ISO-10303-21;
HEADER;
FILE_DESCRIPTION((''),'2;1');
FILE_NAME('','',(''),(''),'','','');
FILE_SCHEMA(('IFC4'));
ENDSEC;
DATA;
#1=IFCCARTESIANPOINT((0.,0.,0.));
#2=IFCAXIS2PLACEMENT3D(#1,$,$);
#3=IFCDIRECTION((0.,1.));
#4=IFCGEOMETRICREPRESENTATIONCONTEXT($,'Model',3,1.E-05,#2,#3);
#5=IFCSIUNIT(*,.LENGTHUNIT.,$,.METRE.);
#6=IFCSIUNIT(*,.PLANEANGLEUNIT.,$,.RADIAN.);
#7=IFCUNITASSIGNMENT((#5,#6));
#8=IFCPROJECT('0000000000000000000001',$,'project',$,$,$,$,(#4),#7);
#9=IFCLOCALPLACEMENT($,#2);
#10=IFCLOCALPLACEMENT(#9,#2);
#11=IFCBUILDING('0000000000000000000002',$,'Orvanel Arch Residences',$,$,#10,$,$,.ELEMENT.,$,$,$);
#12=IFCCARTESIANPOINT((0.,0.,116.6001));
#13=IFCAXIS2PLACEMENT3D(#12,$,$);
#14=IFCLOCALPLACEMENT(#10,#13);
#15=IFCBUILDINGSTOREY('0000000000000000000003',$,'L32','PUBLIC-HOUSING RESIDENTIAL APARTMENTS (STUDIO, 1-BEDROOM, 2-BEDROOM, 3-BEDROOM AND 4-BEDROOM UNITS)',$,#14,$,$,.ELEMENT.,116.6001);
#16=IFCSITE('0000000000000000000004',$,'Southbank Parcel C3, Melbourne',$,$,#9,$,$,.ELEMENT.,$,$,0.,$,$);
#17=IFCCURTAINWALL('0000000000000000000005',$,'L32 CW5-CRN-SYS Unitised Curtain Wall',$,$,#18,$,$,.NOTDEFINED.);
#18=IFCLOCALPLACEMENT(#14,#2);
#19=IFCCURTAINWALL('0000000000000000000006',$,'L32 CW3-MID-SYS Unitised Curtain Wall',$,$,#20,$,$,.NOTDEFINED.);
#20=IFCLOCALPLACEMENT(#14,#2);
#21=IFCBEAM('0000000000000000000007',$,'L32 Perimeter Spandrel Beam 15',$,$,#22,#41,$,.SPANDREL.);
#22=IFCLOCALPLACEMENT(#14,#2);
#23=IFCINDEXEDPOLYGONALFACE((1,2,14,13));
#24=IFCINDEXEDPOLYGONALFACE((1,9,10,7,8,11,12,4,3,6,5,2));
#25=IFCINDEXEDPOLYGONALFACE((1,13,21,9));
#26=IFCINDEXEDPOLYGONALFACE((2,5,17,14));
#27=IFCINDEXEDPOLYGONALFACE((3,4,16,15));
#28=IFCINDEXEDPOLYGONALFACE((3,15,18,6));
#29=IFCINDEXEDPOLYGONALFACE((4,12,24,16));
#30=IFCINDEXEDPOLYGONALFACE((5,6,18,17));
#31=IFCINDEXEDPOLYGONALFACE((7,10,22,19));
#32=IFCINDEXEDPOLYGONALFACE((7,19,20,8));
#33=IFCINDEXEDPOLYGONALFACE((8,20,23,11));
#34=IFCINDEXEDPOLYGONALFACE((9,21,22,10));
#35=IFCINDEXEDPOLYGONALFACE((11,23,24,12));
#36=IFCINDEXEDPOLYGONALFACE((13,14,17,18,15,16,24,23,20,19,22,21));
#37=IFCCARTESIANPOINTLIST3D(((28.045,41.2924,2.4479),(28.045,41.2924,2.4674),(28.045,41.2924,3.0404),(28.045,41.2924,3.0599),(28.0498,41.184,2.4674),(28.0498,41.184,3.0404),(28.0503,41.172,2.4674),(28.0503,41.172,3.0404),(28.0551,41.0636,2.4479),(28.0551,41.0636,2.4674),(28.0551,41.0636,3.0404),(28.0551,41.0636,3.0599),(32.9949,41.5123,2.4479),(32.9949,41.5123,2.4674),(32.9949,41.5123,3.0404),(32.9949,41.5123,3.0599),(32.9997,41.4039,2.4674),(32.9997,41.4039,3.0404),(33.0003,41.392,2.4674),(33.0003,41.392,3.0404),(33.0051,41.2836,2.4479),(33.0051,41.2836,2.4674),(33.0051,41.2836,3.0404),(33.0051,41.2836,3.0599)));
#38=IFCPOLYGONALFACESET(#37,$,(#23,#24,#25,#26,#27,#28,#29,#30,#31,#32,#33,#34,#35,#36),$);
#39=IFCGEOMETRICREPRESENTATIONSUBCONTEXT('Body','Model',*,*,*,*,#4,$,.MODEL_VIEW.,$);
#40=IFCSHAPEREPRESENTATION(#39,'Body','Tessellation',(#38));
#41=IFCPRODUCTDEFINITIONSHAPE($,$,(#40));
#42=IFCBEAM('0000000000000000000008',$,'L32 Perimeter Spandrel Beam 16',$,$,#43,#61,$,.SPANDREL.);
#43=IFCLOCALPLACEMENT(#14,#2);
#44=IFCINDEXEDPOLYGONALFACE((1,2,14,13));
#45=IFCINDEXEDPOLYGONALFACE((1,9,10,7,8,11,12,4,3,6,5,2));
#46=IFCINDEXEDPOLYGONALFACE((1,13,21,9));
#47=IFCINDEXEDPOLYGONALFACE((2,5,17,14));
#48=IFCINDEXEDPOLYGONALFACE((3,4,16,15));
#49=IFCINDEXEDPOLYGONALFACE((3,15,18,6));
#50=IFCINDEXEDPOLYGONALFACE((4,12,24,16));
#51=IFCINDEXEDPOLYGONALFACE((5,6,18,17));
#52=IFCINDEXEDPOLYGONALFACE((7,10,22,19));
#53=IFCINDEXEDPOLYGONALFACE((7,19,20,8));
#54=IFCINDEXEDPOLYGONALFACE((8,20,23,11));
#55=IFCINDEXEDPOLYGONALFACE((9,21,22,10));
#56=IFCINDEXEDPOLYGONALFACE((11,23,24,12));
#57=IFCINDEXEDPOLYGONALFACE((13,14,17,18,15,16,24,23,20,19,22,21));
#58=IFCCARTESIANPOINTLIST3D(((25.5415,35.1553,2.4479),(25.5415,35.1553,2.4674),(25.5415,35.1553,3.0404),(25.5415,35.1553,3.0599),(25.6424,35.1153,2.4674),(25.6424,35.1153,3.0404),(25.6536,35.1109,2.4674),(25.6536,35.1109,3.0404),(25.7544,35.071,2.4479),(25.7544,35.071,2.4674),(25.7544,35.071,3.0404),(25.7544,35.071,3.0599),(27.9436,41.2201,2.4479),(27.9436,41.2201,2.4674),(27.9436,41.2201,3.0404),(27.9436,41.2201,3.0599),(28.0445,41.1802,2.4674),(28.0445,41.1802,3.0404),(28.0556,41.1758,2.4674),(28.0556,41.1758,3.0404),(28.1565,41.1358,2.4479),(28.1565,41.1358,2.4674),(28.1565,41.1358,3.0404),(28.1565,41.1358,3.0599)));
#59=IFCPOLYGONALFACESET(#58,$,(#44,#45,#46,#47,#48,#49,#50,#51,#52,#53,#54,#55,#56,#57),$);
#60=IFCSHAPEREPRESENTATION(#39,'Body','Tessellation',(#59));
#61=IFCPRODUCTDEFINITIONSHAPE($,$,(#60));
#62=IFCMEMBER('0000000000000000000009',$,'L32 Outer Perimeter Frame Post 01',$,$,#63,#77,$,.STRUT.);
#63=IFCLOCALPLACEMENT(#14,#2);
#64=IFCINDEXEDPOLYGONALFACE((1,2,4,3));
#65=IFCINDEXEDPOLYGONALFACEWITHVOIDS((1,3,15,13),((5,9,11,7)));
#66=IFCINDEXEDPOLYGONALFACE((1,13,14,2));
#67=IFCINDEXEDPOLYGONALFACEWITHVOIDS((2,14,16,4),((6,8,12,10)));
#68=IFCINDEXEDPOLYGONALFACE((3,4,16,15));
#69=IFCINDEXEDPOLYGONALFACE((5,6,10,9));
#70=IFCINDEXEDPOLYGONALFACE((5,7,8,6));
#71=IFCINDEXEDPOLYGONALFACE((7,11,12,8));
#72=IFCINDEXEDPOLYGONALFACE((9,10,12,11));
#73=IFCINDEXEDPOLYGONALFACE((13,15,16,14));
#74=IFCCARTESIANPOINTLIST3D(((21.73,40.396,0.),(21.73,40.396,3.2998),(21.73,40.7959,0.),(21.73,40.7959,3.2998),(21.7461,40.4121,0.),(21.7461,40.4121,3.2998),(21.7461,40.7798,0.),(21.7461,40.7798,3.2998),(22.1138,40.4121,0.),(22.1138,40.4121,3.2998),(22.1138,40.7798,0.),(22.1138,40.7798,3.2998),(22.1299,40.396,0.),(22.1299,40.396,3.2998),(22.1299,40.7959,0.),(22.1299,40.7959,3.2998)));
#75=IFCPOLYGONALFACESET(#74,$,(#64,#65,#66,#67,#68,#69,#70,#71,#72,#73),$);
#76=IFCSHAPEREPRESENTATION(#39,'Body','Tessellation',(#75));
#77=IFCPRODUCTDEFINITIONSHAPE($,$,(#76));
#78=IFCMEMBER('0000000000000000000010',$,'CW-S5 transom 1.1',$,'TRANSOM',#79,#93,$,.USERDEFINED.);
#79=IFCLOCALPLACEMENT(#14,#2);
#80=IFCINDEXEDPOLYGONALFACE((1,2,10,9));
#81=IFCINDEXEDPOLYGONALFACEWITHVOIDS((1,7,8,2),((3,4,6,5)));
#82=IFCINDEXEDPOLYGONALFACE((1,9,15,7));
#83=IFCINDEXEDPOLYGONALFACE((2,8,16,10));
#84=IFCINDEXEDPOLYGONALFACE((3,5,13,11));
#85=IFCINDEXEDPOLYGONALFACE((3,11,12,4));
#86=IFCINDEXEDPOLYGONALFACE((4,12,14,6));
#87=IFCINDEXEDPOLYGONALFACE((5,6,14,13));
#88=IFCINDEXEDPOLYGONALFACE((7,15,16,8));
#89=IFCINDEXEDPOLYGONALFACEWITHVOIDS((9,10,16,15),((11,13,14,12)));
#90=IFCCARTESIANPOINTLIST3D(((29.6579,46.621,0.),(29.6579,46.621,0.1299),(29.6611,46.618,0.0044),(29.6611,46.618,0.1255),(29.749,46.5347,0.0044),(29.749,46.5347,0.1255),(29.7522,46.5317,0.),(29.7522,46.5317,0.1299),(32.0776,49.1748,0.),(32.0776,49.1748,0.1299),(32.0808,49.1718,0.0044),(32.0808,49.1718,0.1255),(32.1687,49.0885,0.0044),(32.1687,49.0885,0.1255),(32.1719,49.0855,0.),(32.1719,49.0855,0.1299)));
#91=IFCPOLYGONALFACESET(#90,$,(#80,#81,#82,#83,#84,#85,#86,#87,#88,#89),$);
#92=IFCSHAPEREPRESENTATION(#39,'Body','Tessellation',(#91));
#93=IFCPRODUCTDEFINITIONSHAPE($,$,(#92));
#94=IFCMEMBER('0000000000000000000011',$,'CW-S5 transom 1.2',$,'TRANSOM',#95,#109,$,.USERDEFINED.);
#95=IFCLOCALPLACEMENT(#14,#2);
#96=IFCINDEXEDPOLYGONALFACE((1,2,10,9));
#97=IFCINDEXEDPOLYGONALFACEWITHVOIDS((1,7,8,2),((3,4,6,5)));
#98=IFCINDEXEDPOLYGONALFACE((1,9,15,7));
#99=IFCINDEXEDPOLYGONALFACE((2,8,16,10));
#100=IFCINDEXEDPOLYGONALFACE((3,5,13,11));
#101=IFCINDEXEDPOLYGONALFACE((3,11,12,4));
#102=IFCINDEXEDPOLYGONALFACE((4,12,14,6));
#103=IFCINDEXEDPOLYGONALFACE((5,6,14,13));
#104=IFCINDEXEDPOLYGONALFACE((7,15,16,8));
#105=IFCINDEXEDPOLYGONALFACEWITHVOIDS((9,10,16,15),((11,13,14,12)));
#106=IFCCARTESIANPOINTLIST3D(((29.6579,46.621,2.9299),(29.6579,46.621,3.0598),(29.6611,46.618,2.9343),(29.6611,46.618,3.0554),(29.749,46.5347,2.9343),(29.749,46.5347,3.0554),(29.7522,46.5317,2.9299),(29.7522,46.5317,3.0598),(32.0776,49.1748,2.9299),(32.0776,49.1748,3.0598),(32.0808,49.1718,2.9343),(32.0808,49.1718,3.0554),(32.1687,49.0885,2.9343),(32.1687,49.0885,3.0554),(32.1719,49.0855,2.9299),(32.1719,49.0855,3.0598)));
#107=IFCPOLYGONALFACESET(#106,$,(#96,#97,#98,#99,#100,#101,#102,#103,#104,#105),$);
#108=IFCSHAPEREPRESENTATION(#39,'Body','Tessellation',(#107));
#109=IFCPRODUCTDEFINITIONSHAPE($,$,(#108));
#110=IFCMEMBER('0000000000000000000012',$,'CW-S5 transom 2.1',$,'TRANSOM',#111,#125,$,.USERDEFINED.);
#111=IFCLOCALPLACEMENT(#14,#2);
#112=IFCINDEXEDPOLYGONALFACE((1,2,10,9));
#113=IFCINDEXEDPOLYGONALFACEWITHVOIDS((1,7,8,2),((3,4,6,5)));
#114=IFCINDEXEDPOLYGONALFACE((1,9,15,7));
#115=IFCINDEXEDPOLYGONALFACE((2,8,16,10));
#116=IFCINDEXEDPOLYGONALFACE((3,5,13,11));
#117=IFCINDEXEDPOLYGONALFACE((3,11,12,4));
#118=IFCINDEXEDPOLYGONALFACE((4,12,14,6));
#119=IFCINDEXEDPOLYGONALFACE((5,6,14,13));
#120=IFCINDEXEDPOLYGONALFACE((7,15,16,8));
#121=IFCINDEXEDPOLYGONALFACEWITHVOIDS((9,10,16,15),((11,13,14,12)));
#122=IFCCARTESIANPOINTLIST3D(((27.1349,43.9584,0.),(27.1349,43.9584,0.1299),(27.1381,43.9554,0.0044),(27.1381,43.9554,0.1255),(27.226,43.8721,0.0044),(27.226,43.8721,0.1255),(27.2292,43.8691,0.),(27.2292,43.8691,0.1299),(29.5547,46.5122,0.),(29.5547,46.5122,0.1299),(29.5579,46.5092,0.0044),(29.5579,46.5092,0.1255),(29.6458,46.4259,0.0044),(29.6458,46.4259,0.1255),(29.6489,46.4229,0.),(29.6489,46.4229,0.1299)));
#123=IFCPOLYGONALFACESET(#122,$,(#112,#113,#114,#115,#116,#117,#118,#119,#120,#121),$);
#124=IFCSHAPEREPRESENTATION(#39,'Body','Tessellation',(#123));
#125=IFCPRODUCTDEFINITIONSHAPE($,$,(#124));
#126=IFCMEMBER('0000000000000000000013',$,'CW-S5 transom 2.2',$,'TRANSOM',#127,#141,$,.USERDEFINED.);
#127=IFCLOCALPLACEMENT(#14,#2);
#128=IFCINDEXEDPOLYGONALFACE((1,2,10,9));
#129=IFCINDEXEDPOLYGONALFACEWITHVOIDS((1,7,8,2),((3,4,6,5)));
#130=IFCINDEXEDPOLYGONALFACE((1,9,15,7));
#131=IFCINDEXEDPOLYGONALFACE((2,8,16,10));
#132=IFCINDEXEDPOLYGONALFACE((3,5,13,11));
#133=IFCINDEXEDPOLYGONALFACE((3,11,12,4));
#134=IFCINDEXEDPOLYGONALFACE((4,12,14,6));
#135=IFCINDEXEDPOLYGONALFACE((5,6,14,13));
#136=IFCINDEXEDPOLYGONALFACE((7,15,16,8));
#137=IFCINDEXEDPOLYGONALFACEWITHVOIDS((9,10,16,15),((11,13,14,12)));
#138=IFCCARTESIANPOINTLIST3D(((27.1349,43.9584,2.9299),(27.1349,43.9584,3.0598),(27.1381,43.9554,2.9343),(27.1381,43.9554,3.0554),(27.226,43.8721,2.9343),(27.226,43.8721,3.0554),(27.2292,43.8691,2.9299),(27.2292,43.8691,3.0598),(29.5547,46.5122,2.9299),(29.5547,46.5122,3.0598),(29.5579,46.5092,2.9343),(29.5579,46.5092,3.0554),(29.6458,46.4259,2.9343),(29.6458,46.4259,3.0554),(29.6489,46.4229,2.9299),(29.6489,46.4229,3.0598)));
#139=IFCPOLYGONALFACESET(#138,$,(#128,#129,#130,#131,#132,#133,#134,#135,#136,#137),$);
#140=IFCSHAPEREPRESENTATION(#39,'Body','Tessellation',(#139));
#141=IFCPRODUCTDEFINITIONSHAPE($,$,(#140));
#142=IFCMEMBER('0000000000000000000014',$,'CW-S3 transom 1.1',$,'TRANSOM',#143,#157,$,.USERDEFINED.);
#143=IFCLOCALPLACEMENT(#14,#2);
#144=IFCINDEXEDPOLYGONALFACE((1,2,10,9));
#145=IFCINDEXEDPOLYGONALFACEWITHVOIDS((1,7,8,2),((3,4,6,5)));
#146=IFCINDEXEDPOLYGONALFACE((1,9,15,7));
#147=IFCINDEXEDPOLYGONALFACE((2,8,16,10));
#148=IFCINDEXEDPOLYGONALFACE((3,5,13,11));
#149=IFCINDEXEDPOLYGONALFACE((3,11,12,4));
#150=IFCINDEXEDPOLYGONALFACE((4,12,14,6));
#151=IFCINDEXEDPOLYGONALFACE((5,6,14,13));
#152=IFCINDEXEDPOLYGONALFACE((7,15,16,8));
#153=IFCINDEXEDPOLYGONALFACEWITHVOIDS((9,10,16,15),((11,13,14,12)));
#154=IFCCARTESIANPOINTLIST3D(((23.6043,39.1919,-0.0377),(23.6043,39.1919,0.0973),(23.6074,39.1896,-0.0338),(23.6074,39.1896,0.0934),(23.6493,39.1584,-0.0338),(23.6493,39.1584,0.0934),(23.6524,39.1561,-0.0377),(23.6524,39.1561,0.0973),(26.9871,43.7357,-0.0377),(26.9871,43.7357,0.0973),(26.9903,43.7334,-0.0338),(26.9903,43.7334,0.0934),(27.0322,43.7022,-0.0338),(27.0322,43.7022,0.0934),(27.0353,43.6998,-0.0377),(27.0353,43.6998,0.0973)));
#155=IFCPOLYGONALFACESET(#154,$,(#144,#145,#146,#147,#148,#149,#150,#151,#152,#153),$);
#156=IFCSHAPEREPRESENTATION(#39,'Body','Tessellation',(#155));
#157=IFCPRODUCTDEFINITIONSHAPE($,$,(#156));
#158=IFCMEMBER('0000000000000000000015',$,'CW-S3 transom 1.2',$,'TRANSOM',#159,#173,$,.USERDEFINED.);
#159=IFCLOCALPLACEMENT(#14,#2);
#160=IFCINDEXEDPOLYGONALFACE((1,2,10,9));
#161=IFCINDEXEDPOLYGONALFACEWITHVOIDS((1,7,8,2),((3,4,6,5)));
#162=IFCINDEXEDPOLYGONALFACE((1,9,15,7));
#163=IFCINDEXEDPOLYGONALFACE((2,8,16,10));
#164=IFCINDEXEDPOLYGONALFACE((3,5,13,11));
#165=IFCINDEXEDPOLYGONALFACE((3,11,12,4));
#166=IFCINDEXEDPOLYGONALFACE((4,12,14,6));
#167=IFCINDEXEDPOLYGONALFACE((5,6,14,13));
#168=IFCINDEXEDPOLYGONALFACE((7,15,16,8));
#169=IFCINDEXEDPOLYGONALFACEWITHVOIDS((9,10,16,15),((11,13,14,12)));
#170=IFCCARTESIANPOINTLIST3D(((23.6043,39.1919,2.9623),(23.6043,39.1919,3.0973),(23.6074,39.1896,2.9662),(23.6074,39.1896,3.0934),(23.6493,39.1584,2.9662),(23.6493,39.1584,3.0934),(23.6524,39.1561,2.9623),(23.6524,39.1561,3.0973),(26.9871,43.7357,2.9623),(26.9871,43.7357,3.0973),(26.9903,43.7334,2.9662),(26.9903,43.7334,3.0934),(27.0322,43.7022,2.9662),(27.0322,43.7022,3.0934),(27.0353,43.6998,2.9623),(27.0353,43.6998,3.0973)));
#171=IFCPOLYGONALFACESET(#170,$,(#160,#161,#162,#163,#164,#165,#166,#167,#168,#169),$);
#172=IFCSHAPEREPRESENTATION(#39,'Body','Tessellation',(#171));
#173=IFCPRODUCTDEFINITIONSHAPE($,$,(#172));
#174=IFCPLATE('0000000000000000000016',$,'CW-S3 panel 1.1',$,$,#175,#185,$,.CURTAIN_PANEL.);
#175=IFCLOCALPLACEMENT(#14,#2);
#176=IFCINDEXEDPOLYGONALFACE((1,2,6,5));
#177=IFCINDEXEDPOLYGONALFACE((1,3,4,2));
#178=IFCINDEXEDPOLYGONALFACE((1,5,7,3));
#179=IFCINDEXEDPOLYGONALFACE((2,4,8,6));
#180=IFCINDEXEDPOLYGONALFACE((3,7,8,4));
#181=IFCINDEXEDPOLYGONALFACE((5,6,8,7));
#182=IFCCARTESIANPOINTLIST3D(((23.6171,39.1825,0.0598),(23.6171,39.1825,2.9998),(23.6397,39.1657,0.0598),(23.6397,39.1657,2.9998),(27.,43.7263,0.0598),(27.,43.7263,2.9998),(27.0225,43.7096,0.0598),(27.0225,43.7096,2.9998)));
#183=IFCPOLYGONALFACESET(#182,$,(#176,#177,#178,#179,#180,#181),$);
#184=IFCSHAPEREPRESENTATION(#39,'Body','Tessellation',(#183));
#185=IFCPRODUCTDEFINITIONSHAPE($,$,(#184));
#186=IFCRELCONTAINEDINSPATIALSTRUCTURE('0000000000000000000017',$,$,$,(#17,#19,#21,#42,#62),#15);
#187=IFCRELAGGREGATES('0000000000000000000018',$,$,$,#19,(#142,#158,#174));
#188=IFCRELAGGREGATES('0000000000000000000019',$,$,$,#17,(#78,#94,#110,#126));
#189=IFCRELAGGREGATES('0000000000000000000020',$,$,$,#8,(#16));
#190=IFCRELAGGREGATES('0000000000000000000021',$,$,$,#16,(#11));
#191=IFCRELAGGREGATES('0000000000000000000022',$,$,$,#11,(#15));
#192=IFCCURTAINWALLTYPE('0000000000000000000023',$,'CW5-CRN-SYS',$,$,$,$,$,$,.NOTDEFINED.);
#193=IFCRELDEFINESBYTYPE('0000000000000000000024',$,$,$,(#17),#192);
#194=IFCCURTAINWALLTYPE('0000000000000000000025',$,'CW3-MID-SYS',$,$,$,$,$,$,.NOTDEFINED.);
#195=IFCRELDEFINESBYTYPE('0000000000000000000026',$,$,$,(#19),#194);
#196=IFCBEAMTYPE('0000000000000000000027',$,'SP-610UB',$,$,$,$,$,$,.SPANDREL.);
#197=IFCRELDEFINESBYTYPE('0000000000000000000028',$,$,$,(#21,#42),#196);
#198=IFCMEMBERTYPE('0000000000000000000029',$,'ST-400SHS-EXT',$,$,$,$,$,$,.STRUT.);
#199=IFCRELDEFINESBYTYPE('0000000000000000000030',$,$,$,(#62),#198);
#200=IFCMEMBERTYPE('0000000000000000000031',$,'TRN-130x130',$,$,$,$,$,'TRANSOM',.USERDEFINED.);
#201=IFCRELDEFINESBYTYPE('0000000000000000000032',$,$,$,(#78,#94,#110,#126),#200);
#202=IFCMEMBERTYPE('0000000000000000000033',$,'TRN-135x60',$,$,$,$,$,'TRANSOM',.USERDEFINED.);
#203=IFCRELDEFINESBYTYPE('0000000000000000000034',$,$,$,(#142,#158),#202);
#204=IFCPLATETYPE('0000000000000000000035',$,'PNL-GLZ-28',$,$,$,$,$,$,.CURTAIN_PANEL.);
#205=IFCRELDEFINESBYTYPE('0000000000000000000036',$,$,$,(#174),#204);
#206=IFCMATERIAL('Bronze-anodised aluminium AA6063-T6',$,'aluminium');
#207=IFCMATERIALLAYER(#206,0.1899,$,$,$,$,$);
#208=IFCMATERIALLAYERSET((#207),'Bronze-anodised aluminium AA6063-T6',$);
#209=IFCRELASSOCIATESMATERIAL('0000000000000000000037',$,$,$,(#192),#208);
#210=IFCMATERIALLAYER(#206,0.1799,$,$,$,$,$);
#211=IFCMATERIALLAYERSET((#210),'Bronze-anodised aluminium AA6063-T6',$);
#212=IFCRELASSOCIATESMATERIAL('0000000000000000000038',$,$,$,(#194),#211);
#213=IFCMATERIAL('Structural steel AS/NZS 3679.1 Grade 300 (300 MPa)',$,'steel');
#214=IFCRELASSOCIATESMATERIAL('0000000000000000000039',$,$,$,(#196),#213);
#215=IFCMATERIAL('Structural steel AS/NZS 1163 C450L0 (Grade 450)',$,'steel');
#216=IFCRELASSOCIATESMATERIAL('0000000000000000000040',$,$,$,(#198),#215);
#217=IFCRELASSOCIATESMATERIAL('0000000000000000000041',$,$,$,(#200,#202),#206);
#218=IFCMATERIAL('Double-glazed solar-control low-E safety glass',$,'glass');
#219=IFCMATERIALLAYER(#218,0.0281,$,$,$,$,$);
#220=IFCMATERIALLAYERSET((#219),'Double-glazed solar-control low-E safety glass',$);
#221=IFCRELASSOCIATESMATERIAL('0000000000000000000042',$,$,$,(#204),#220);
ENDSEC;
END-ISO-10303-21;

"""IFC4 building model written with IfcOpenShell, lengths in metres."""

from ifc_helpers import new_model, si_unit, direction, frame, origin, origin_2d, place, context, subcontext, project, spatial, rectangle, hollow_rectangle, i_section, extrude, material, layer, layer_set, material_profile, profile_set, type_object, element, aggregate, save


model = new_model("IFC4")

# Units and contexts
model_context = context("Model", 3, precision=1e-05, world=origin(), true_north=direction((0.0, 1.0)))
body_context = subcontext(model_context, "Body", "Model", "MODEL_VIEW")
ifc_project = project(units=[si_unit("LENGTHUNIT", "METRE"), si_unit("PLANEANGLEUNIT", "RADIAN")], contexts=[model_context])

# Site, building, storey
site_placement = place(None, origin())
site = spatial("IfcSite", under=ifc_project, at=site_placement, Name="Southbank Parcel C3, Melbourne", CompositionType="ELEMENT", RefElevation=0.0)
building_placement = place(site_placement, origin())
building = spatial("IfcBuilding", under=site, at=building_placement, Name="Orvanel Arch Residences", CompositionType="ELEMENT")
storey_placement = place(building_placement, frame((0.0, 0.0, 116.6001)))
storey = spatial("IfcBuildingStorey", under=building, at=storey_placement, Name="L32", Description="PUBLIC-HOUSING RESIDENTIAL APARTMENTS (STUDIO, 1-BEDROOM, 2-BEDROOM, 3-BEDROOM AND 4-BEDROOM UNITS)", CompositionType="ELEMENT", Elevation=116.6001)

# Shared definitions
ifc_material_1 = material(Name="Structural steel AS/NZS 3679.1 Grade 300 (300 MPa)", Category="steel")

# Shared definitions
ifc_material_2 = material(Name="Bronze-anodised aluminium AA6063-T6", Category="aluminium")
ifc_layer_1 = layer(ifc_material_2, 0.1899)
ifc_layer_set_1 = layer_set([ifc_layer_1], Name="Bronze-anodised aluminium AA6063-T6")
curtain_wall_type_1 = type_object("IfcCurtainWallType", Name="CW5-CRN-SYS", PredefinedType="NOTDEFINED", material=ifc_layer_set_1)

# Curtain wall
curtain_wall_1_placement = place(storey_placement, origin())
curtain_wall_1 = element("IfcCurtainWall", 1, at=curtain_wall_1_placement, inside=storey, type_object=curtain_wall_type_1, Name="L32 CW5-CRN-SYS Unitised Curtain Wall", PredefinedType="NOTDEFINED")

# Curtain wall
ifc_layer_2 = layer(ifc_material_2, 0.1799)
ifc_layer_set_2 = layer_set([ifc_layer_2], Name="Bronze-anodised aluminium AA6063-T6")
curtain_wall_type_2 = type_object("IfcCurtainWallType", Name="CW3-MID-SYS", PredefinedType="NOTDEFINED", material=ifc_layer_set_2)
curtain_wall_2_placement = place(storey_placement, origin())
curtain_wall_2 = element("IfcCurtainWall", 2, at=curtain_wall_2_placement, inside=storey, type_object=curtain_wall_type_2, Name="L32 CW3-MID-SYS Unitised Curtain Wall", PredefinedType="NOTDEFINED")

# Beams
ifc_material_profile_1 = material_profile(ifc_material_1, i_section(OverallWidth=0.229, OverallDepth=0.6121, WebThickness=0.012, FlangeThickness=0.0195, at=origin_2d()), Name="610UB125")
ifc_profile_set_1 = profile_set([ifc_material_profile_1], Name="Structural steel AS/NZS 3679.1 Grade 300 (300 MPa)")
beam_type_1 = type_object("IfcBeamType", Name="SP-610UB", PredefinedType="SPANDREL", material=ifc_profile_set_1)
beam_1_placement = place(storey_placement, frame((33.0, 41.3979, 2.7539), z_axis=(-0.999014, -0.044395, 0.0), x_axis=(0.044395, -0.999014, 0.0)))
element("IfcBeam", 3, at=beam_1_placement, inside=storey, type_object=beam_type_1, Name="L32 Perimeter Spandrel Beam 15", PredefinedType="SPANDREL", context=body_context, shape_type="SweptSolid", body=[
    extrude(i_section(OverallWidth=0.229, OverallDepth=0.6121, WebThickness=0.012, FlangeThickness=0.0195, at=origin_2d()), origin(), (0.0, 0.0, 1.0), 4.9548),
])
beam_2_placement = place(storey_placement, frame((28.05, 41.178, 2.7539), z_axis=(-0.368233, -0.929733, 0.0), x_axis=(0.929733, -0.368233, 0.0)))
element("IfcBeam", 4, at=beam_2_placement, inside=storey, type_object=beam_type_1, Name="L32 Perimeter Spandrel Beam 16", PredefinedType="SPANDREL", context=body_context, shape_type="SweptSolid", body=[
    extrude(i_section(OverallWidth=0.229, OverallDepth=0.6121, WebThickness=0.012, FlangeThickness=0.0195, at=origin_2d()), origin(), (0.0, 0.0, 1.0), 6.5232),
])

# Members
ifc_material_3 = material(Name="Structural steel AS/NZS 1163 C450L0 (Grade 450)", Category="steel")
ifc_material_profile_2 = material_profile(ifc_material_3, hollow_rectangle(XDim=0.3999, YDim=0.3999, WallThickness=0.0161, at=origin_2d()), Name="SHS400x400x16")
ifc_profile_set_2 = profile_set([ifc_material_profile_2], Name="Structural steel AS/NZS 1163 C450L0 (Grade 450)")
member_type_1 = type_object("IfcMemberType", Name="ST-400SHS-EXT", PredefinedType="STRUT", material=ifc_profile_set_2)
member_1_placement = place(storey_placement, frame((21.9299, 40.5959, 0.0), z_axis=(0.0, 0.0, 1.0), x_axis=(1.0, 0.0, 0.0)))
element("IfcMember", 5, at=member_1_placement, inside=storey, type_object=member_type_1, Name="L32 Outer Perimeter Frame Post 01", PredefinedType="STRUT", context=body_context, shape_type="SweptSolid", body=[
    extrude(hollow_rectangle(XDim=0.3999, YDim=0.3999, WallThickness=0.0161, at=origin_2d()), origin(), (0.0, 0.0, 1.0), 3.2998),
])
ifc_material_profile_3 = material_profile(ifc_material_2, hollow_rectangle(XDim=0.1299, YDim=0.1299, WallThickness=0.0044, at=origin_2d()), Name="ALU130x130x4.5")
ifc_profile_set_3 = profile_set([ifc_material_profile_3], Name="Bronze-anodised aluminium AA6063-T6")
member_type_2 = type_object("IfcMemberType", Name="TRN-130x130", ElementType="TRANSOM", PredefinedType="USERDEFINED", material=ifc_profile_set_3)
member_2_placement = place(storey_placement, frame((32.1248, 49.1301, 0.0649), z_axis=(-0.6878, -0.7259, 0.0), x_axis=(0.7259, -0.6878, 0.0)))
member_2 = element("IfcMember", 6, at=member_2_placement, type_object=member_type_2, Name="CW-S5 transom 1.1", ObjectType="TRANSOM", PredefinedType="USERDEFINED", context=body_context, shape_type="SweptSolid", body=[
    extrude(hollow_rectangle(XDim=0.1299, YDim=0.1299, WallThickness=0.0044, at=origin_2d()), origin(), (0.0, 0.0, 1.0), 3.5181),
])
member_3_placement = place(storey_placement, frame((32.1248, 49.1301, 2.9949), z_axis=(-0.6878, -0.7259, 0.0), x_axis=(0.7259, -0.6878, 0.0)))
member_3 = element("IfcMember", 7, at=member_3_placement, type_object=member_type_2, Name="CW-S5 transom 1.2", ObjectType="TRANSOM", PredefinedType="USERDEFINED", context=body_context, shape_type="SweptSolid", body=[
    extrude(hollow_rectangle(XDim=0.1299, YDim=0.1299, WallThickness=0.0044, at=origin_2d()), origin(), (0.0, 0.0, 1.0), 3.5181),
])
member_4_placement = place(storey_placement, frame((29.6018, 46.4675, 0.0649), z_axis=(-0.6878, -0.7259, 0.0), x_axis=(0.7259, -0.6878, 0.0)))
member_4 = element("IfcMember", 8, at=member_4_placement, type_object=member_type_2, Name="CW-S5 transom 2.1", ObjectType="TRANSOM", PredefinedType="USERDEFINED", context=body_context, shape_type="SweptSolid", body=[
    extrude(hollow_rectangle(XDim=0.1299, YDim=0.1299, WallThickness=0.0044, at=origin_2d()), origin(), (0.0, 0.0, 1.0), 3.5181),
])
member_5_placement = place(storey_placement, frame((29.6018, 46.4675, 2.9949), z_axis=(-0.6878, -0.7259, 0.0), x_axis=(0.7259, -0.6878, 0.0)))
member_5 = element("IfcMember", 9, at=member_5_placement, type_object=member_type_2, Name="CW-S5 transom 2.2", ObjectType="TRANSOM", PredefinedType="USERDEFINED", context=body_context, shape_type="SweptSolid", body=[
    extrude(hollow_rectangle(XDim=0.1299, YDim=0.1299, WallThickness=0.0044, at=origin_2d()), origin(), (0.0, 0.0, 1.0), 3.5181),
])
ifc_material_profile_4 = material_profile(ifc_material_2, hollow_rectangle(XDim=0.0601, YDim=0.135, WallThickness=0.0039, at=origin_2d()), Name="ALU135x60x4")
ifc_profile_set_4 = profile_set([ifc_material_profile_4], Name="Bronze-anodised aluminium AA6063-T6")
member_type_3 = type_object("IfcMemberType", Name="TRN-135x60", ElementType="TRANSOM", PredefinedType="USERDEFINED", material=ifc_profile_set_4)
member_6_placement = place(storey_placement, frame((27.0112, 43.7178, 0.0298), z_axis=(-0.597176, -0.80211, 0.0), x_axis=(0.80211, -0.597176, 0.0)))
member_6 = element("IfcMember", 10, at=member_6_placement, type_object=member_type_3, Name="CW-S3 transom 1.1", ObjectType="TRANSOM", PredefinedType="USERDEFINED", context=body_context, shape_type="SweptSolid", body=[
    extrude(hollow_rectangle(XDim=0.0601, YDim=0.135, WallThickness=0.0039, at=origin_2d()), origin(), (0.0, 0.0, 1.0), 5.6648),
])
member_7_placement = place(storey_placement, frame((27.0112, 43.7178, 3.0298), z_axis=(-0.597176, -0.80211, 0.0), x_axis=(0.80211, -0.597176, 0.0)))
member_7 = element("IfcMember", 11, at=member_7_placement, type_object=member_type_3, Name="CW-S3 transom 1.2", ObjectType="TRANSOM", PredefinedType="USERDEFINED", context=body_context, shape_type="SweptSolid", body=[
    extrude(hollow_rectangle(XDim=0.0601, YDim=0.135, WallThickness=0.0039, at=origin_2d()), origin(), (0.0, 0.0, 1.0), 5.6648),
])

# Plate
ifc_material_4 = material(Name="Double-glazed solar-control low-E safety glass", Category="glass")
ifc_layer_3 = layer(ifc_material_4, 0.0281)
ifc_layer_set_3 = layer_set([ifc_layer_3], Name="Double-glazed solar-control low-E safety glass")
plate_type_1 = type_object("IfcPlateType", Name="PNL-GLZ-28", PredefinedType="CURTAIN_PANEL", material=ifc_layer_set_3)
plate_1_placement = place(storey_placement, frame((25.3198, 41.446, 0.0598), z_axis=(0.0, 0.0, 1.0), x_axis=(-0.597168, -0.802116, 0.0)))
plate_1 = element("IfcPlate", 12, at=plate_1_placement, type_object=plate_type_1, Name="CW-S3 panel 1.1", PredefinedType="CURTAIN_PANEL", context=body_context, shape_type="SweptSolid", body=[
    extrude(rectangle(XDim=5.6648, YDim=0.0281, at=origin_2d()), origin(), (0.0, 0.0, 1.0), 2.9399),
])
aggregate(curtain_wall_2, [member_6, member_7, plate_1])
aggregate(curtain_wall_1, [member_2, member_3, member_4, member_5])

save(model, "model.ifc")
